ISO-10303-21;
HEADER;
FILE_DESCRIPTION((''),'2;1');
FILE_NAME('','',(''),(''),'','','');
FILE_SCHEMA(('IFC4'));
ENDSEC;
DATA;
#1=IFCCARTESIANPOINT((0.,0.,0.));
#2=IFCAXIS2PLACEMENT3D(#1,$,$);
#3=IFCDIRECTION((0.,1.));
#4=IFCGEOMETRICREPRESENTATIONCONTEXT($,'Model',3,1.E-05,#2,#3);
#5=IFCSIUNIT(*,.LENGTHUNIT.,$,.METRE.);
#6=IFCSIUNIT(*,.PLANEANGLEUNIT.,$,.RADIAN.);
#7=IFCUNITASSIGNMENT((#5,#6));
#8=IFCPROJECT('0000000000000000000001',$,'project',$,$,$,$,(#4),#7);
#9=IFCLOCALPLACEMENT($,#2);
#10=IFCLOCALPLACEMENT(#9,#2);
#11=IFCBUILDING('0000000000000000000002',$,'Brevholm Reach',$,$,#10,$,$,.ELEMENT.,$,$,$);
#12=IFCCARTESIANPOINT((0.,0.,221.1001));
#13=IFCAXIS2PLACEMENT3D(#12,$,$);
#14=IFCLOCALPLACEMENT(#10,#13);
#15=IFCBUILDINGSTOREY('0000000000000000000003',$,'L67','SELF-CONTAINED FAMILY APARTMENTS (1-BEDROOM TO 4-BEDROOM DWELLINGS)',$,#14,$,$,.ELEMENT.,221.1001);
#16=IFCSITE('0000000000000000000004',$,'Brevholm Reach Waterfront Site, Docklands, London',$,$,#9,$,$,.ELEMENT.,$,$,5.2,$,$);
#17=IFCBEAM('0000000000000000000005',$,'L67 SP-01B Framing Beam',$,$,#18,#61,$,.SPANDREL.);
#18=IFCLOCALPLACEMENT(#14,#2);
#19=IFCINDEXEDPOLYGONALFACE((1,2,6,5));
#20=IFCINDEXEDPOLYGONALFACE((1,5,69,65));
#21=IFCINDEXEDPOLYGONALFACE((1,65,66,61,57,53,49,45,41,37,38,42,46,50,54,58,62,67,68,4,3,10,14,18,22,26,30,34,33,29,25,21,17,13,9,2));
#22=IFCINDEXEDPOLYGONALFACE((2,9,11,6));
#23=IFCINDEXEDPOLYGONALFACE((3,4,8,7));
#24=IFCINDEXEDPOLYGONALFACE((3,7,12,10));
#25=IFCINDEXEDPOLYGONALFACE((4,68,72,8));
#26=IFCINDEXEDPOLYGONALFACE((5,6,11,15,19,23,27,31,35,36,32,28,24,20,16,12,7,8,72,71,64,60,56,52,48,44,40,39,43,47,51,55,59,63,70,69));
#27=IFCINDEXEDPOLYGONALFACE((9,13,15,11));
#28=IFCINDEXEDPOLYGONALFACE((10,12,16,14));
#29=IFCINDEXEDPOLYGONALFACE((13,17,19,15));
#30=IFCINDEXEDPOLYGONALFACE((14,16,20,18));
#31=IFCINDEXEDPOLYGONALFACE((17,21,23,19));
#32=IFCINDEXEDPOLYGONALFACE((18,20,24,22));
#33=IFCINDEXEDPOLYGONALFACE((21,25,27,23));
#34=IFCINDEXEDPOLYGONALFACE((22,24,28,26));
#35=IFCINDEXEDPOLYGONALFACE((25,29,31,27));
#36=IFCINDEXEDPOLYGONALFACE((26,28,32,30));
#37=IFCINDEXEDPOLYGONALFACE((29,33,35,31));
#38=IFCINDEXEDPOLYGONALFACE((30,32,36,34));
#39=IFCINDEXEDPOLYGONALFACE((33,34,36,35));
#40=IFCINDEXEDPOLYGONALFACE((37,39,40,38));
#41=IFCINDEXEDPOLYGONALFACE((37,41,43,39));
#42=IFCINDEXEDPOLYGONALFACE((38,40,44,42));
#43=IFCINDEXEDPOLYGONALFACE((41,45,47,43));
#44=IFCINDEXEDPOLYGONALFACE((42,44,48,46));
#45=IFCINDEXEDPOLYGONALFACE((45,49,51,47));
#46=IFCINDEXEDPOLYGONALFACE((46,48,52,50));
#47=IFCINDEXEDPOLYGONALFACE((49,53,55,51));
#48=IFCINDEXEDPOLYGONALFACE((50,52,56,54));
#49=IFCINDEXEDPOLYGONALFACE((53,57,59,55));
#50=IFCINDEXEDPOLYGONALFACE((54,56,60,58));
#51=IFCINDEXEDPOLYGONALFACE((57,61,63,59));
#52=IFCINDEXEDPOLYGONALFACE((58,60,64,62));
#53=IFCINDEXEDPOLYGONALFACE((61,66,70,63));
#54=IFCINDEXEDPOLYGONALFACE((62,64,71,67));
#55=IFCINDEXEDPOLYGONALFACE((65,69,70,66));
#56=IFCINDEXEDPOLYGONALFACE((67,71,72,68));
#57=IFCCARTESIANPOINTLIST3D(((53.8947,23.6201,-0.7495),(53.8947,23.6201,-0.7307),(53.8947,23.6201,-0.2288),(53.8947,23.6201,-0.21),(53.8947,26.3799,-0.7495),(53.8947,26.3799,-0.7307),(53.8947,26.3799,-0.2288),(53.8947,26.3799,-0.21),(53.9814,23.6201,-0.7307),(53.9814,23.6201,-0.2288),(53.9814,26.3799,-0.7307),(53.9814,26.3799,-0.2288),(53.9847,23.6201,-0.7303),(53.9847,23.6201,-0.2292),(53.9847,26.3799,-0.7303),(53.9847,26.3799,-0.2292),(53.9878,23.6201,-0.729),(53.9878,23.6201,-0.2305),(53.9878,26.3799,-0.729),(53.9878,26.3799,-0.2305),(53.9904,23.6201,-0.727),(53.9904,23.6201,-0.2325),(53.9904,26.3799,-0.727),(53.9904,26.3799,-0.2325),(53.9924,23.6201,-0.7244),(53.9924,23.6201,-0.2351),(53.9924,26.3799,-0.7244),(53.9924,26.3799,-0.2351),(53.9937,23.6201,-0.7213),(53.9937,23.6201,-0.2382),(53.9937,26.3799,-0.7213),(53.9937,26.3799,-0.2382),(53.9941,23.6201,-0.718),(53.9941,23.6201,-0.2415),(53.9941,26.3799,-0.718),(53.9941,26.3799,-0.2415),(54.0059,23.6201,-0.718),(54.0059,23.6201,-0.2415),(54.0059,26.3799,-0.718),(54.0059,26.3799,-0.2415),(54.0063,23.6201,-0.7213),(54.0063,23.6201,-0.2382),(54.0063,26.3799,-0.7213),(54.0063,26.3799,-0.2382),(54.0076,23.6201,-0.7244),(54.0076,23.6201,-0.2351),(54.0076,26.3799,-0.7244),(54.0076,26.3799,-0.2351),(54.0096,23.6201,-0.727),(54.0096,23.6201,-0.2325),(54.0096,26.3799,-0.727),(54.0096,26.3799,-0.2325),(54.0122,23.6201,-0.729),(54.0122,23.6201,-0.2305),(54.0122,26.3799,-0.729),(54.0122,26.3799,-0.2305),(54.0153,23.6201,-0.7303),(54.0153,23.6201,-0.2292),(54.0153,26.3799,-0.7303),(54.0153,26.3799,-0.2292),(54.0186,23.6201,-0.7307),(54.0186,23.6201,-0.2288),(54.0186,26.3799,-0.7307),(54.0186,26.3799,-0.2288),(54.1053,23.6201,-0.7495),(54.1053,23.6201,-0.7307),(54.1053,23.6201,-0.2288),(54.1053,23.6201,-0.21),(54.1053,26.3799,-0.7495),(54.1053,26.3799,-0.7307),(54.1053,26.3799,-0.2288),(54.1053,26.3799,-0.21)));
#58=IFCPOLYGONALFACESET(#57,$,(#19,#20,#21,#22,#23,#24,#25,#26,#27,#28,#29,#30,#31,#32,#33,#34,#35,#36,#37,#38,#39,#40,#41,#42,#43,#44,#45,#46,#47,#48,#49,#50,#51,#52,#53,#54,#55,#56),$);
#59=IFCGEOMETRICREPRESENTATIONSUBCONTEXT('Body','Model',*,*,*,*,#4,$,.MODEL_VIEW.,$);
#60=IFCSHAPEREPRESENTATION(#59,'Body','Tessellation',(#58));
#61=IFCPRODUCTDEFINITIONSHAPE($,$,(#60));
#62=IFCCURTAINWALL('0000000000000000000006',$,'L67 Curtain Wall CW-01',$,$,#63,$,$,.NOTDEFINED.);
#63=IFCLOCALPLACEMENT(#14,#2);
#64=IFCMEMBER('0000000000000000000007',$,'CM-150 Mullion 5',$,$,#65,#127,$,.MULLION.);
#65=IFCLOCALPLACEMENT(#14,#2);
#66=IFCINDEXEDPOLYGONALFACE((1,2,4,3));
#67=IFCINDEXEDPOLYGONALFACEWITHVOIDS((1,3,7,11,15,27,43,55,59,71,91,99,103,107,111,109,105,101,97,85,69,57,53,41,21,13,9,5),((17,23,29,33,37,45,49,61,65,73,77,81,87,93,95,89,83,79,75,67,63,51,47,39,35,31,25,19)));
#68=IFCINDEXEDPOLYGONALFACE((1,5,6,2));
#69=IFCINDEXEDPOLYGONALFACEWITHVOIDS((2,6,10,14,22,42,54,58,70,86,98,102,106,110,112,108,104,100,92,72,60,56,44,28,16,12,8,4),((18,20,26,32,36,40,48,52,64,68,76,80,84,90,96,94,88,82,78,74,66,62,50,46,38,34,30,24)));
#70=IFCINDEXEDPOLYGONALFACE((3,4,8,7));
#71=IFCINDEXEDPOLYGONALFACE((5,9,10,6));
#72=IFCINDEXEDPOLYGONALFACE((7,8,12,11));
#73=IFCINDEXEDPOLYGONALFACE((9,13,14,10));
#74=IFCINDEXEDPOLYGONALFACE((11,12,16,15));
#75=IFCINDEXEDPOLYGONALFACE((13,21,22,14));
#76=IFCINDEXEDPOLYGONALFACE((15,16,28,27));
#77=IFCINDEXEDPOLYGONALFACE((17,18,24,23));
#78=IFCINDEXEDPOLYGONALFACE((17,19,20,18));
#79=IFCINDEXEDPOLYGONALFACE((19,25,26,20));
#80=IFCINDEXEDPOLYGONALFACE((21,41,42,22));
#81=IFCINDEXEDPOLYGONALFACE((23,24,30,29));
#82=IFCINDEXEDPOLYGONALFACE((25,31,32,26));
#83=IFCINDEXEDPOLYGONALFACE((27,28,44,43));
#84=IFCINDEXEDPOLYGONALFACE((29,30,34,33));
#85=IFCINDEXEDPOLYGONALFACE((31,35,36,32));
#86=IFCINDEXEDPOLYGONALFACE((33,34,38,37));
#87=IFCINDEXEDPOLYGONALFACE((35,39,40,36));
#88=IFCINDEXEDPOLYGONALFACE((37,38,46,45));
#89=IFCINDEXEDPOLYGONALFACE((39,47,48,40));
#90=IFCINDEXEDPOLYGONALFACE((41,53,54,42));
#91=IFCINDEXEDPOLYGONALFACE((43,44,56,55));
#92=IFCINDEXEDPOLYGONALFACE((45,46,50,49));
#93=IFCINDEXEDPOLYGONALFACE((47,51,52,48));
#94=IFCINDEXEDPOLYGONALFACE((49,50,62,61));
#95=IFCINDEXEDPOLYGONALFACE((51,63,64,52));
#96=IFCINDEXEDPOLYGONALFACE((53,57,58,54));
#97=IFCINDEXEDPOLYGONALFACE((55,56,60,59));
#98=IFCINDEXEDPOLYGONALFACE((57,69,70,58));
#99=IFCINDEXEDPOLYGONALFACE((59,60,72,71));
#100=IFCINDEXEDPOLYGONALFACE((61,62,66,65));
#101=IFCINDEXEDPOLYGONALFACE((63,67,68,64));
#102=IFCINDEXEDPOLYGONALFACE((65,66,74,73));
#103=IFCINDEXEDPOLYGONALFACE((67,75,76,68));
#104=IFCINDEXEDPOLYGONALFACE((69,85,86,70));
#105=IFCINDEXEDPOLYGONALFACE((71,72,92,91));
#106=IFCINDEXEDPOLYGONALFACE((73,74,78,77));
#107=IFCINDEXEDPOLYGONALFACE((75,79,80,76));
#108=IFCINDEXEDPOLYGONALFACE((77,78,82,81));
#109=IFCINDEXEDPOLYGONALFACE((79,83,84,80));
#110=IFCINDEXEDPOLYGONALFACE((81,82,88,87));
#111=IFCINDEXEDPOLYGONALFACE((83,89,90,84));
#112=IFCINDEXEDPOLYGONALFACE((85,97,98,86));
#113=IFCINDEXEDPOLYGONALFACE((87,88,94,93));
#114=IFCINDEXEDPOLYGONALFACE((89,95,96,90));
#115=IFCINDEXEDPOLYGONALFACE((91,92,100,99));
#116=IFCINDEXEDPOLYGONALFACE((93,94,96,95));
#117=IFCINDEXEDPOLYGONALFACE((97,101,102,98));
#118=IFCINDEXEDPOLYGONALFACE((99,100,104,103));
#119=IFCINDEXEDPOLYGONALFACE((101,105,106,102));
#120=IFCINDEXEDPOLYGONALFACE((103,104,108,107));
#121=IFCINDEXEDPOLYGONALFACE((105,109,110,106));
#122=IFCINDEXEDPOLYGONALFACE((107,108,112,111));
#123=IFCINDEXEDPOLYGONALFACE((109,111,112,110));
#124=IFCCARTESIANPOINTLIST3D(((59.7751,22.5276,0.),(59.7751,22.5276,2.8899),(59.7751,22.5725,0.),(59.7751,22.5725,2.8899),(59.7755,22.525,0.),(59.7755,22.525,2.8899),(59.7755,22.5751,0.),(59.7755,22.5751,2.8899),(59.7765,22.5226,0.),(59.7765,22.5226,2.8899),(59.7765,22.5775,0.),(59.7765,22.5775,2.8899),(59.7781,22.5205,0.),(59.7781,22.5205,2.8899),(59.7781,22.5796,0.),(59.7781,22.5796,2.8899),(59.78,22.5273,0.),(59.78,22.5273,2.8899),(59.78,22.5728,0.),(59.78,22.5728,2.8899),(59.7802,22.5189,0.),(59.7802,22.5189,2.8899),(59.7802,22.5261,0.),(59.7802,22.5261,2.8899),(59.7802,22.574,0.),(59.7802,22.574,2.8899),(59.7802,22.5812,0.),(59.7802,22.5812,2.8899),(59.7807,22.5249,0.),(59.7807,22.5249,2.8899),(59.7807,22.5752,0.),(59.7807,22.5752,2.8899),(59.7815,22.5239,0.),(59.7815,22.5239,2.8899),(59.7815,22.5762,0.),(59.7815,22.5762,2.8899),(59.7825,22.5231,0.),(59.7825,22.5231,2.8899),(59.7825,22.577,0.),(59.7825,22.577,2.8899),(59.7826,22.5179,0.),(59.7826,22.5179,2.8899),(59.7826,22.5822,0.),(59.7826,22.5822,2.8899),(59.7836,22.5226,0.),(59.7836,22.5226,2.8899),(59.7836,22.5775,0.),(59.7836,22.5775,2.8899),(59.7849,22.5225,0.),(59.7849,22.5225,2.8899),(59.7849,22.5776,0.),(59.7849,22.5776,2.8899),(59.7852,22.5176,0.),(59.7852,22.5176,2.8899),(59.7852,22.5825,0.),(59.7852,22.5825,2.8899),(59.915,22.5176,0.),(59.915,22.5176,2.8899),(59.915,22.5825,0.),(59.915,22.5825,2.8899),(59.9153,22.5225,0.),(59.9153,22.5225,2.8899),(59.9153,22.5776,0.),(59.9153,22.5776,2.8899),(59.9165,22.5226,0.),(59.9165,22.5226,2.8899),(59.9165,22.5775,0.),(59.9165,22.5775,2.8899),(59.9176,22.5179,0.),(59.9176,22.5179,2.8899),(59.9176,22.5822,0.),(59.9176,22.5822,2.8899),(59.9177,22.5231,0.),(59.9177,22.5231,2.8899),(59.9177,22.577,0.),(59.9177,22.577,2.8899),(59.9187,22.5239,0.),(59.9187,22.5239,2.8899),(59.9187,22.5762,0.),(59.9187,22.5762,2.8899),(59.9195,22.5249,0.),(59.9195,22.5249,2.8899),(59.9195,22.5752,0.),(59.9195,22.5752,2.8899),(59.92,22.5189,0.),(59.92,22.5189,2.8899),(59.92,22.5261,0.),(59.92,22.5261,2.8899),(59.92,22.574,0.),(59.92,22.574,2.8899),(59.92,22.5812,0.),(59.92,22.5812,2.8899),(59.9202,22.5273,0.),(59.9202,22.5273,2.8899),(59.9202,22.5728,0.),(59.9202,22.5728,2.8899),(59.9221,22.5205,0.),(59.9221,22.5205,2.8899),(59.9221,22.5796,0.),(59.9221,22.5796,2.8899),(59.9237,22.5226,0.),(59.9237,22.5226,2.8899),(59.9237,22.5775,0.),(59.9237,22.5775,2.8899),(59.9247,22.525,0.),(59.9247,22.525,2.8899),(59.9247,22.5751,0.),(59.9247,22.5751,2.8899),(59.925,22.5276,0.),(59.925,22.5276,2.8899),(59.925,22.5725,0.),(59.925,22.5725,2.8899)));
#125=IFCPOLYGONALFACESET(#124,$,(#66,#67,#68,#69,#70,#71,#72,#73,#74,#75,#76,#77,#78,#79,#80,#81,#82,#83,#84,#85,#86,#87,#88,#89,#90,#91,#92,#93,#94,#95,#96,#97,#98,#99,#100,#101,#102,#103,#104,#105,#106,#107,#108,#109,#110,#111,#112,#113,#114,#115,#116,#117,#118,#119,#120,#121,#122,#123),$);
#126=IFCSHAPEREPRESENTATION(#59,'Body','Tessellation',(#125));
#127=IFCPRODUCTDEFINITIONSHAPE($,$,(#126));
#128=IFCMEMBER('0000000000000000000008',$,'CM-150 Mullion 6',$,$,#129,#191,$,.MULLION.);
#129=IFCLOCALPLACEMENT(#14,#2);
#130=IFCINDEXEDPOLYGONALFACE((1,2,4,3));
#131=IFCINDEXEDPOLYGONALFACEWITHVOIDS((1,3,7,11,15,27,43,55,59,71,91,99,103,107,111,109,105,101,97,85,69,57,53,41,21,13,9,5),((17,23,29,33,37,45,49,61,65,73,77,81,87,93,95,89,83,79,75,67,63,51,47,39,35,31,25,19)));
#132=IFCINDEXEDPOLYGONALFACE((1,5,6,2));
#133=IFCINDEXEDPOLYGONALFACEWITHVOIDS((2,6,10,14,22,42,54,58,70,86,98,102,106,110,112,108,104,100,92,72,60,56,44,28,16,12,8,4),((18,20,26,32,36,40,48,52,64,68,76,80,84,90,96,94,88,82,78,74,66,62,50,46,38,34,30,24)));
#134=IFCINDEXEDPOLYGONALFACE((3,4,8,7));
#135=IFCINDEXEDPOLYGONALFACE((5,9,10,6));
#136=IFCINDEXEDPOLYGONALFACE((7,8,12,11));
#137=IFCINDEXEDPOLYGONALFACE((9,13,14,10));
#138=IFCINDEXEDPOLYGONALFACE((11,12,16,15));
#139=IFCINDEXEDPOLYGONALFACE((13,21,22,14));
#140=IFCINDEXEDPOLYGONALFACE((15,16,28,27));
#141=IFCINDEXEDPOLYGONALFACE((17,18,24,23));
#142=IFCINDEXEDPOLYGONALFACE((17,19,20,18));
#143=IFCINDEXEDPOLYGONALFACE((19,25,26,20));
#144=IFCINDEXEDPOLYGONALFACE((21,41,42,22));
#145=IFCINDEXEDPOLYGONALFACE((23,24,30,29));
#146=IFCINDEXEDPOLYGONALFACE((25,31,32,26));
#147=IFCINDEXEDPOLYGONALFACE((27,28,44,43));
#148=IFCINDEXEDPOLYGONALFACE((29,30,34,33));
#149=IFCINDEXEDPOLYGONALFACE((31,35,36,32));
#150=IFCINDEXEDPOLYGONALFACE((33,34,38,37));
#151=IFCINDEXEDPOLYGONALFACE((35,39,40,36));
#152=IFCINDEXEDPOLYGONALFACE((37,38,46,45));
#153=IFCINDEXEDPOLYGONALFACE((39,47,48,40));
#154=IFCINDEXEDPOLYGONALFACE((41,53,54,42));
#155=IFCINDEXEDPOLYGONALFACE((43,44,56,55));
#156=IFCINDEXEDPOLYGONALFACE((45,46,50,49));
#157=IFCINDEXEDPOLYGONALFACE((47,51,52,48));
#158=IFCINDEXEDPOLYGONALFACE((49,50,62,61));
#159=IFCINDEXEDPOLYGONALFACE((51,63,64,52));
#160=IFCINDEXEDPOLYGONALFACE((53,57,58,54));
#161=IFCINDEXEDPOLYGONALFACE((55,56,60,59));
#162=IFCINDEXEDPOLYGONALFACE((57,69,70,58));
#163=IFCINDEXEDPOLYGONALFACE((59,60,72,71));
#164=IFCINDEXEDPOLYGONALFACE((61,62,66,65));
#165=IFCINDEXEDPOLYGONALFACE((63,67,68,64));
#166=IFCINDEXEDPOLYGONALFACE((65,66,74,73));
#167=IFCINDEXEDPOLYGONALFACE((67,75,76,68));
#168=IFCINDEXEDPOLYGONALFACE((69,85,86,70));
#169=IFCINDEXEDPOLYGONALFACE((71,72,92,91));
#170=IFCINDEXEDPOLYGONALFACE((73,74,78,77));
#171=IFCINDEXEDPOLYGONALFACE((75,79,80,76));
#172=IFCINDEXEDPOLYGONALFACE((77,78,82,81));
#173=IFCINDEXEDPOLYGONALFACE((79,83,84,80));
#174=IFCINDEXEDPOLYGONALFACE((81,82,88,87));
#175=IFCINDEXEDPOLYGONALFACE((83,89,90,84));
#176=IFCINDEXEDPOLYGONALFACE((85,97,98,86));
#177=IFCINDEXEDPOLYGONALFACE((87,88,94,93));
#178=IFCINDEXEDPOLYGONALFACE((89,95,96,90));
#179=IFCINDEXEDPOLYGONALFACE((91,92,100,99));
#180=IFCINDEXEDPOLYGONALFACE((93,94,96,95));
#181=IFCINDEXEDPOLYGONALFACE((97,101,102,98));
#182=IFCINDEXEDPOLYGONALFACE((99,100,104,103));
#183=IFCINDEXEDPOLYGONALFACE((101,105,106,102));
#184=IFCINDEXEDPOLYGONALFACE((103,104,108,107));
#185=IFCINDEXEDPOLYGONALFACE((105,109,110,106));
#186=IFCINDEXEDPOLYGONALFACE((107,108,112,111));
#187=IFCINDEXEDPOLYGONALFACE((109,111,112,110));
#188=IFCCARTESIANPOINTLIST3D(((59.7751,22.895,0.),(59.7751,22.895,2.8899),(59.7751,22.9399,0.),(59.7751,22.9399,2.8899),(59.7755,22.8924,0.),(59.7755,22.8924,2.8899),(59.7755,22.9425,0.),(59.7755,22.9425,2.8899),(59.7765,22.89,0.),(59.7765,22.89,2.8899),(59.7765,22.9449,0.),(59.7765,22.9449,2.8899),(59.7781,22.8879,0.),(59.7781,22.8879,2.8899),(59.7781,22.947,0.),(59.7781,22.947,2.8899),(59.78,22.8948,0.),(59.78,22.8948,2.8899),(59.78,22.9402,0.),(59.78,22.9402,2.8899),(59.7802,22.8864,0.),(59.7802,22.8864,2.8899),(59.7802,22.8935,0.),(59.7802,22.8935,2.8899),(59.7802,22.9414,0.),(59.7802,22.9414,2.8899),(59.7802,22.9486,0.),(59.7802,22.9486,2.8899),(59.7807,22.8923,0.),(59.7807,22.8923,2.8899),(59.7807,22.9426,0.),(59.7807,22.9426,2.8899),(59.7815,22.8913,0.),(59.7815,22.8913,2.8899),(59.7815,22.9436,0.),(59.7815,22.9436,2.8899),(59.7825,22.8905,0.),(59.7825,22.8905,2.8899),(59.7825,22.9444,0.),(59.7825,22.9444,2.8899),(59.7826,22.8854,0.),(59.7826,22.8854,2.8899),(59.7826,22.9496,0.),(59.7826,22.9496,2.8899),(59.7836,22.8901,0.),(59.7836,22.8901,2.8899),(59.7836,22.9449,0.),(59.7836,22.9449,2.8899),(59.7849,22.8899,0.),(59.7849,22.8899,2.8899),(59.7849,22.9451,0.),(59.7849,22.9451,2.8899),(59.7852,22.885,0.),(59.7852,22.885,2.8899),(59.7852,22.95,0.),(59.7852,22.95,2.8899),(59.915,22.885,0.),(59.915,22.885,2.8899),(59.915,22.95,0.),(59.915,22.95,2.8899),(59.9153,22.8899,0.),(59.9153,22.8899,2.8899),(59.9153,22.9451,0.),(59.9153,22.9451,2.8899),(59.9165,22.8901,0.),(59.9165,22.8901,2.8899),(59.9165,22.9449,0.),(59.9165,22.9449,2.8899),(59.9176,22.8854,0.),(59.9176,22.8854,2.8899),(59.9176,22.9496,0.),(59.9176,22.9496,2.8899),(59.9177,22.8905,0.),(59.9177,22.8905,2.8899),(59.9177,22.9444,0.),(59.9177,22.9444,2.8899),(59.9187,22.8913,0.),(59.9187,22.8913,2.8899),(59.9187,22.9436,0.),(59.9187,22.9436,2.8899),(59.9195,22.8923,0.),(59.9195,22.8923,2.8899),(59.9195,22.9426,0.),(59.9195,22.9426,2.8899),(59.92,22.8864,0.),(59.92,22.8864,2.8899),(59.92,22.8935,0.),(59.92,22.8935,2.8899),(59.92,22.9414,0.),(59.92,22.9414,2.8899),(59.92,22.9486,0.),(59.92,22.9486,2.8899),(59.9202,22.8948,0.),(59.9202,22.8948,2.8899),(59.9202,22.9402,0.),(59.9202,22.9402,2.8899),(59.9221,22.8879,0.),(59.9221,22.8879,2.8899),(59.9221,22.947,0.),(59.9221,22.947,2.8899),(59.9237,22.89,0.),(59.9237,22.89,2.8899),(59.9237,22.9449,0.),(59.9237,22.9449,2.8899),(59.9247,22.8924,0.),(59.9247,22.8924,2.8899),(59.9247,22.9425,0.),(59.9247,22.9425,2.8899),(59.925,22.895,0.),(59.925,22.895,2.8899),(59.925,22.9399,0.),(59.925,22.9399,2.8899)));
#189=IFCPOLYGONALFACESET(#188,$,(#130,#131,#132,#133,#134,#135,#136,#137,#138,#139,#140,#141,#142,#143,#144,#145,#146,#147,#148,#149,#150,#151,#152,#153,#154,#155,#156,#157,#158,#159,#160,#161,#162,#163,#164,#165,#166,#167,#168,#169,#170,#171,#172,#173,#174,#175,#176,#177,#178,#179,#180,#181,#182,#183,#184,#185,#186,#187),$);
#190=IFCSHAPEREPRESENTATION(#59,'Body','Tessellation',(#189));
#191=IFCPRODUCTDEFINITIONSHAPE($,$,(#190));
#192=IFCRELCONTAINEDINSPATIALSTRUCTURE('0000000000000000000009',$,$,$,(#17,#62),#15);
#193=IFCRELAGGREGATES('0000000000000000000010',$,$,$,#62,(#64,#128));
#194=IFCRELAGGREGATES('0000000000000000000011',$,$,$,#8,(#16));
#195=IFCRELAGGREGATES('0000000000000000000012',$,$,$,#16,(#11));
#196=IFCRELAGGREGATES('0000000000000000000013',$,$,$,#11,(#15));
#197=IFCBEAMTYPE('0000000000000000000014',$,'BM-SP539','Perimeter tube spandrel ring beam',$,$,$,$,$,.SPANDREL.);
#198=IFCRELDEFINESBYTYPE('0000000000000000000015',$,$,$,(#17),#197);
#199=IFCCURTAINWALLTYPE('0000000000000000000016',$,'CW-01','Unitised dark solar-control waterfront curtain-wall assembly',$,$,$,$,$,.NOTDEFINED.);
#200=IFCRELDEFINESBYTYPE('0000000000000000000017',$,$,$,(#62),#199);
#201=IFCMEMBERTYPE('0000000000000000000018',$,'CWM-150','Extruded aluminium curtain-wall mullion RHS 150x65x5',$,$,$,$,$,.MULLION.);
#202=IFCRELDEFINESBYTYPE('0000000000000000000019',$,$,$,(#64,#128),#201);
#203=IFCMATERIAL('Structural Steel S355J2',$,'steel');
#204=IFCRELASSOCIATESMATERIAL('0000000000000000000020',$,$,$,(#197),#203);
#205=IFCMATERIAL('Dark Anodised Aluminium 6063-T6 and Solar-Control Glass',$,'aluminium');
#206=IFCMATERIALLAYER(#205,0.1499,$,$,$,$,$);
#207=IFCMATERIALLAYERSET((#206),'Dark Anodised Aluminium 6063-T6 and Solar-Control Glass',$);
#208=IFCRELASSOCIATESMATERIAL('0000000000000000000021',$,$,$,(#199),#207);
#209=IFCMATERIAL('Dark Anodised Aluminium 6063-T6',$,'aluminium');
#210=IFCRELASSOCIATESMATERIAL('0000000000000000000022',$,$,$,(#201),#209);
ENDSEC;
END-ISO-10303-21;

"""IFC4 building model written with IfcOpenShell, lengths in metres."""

from ifc_helpers import new_model, si_unit, direction, frame, origin, origin_2d, place, context, subcontext, project, spatial, hollow_rectangle, i_section, extrude, material, layer, layer_set, material_profile, profile_set, type_object, element, aggregate, save


model = new_model("IFC4")

# Units and contexts
model_context = context("Model", 3, precision=1e-05, world=origin(), true_north=direction((0.0, 1.0)))
body_context = subcontext(model_context, "Body", "Model", "MODEL_VIEW")
ifc_project = project(units=[si_unit("LENGTHUNIT", "METRE"), si_unit("PLANEANGLEUNIT", "RADIAN")], contexts=[model_context])

# Site, building, storey
site_placement = place(None, origin())
site = spatial("IfcSite", under=ifc_project, at=site_placement, Name="Brevholm Reach Waterfront Site, Docklands, London", CompositionType="ELEMENT", RefElevation=5.2)
building_placement = place(site_placement, origin())
building = spatial("IfcBuilding", under=site, at=building_placement, Name="Brevholm Reach", CompositionType="ELEMENT")
storey_placement = place(building_placement, frame((0.0, 0.0, 221.1001)))
storey = spatial("IfcBuildingStorey", under=building, at=storey_placement, Name="L67", Description="SELF-CONTAINED FAMILY APARTMENTS (1-BEDROOM TO 4-BEDROOM DWELLINGS)", CompositionType="ELEMENT", Elevation=221.1001)

# Beam
ifc_material_1 = material(Name="Structural Steel S355J2", Category="steel")
ifc_material_profile_1 = material_profile(ifc_material_1, i_section(OverallWidth=0.2107, OverallDepth=0.5396, WebThickness=0.0117, FlangeThickness=0.0188, FilletRadius=0.0127, at=origin_2d()), Name="UKB 533x210x109")
ifc_profile_set_1 = profile_set([ifc_material_profile_1], Name="Structural Steel S355J2")
beam_type = type_object("IfcBeamType", Name="BM-SP539", Description="Perimeter tube spandrel ring beam", PredefinedType="SPANDREL", material=ifc_profile_set_1)
beam_1_placement = place(storey_placement, frame((54.0, 23.6201, -0.4797), z_axis=(0.0, 1.0, 0.0), x_axis=(-1.0, 0.0, 0.0)))
element("IfcBeam", 1, at=beam_1_placement, inside=storey, type_object=beam_type, Name="L67 SP-01B Framing Beam", PredefinedType="SPANDREL", context=body_context, shape_type="SweptSolid", body=[
    extrude(i_section(OverallWidth=0.2107, OverallDepth=0.5396, WebThickness=0.0117, FlangeThickness=0.0188, FilletRadius=0.0127, at=origin_2d()), origin(), (0.0, 0.0, 1.0), 2.7598),
])

# Curtain wall, members
ifc_material_2 = material(Name="Dark Anodised Aluminium 6063-T6 and Solar-Control Glass", Category="aluminium")
ifc_layer_1 = layer(ifc_material_2, 0.1499)
ifc_layer_set_1 = layer_set([ifc_layer_1], Name="Dark Anodised Aluminium 6063-T6 and Solar-Control Glass")
curtain_wall_type = type_object("IfcCurtainWallType", Name="CW-01", Description="Unitised dark solar-control waterfront curtain-wall assembly", PredefinedType="NOTDEFINED", material=ifc_layer_set_1)
curtain_wall_placement = place(storey_placement, origin())
curtain_wall = element("IfcCurtainWall", 2, at=curtain_wall_placement, inside=storey, type_object=curtain_wall_type, Name="L67 Curtain Wall CW-01", PredefinedType="NOTDEFINED")
ifc_material_3 = material(Name="Dark Anodised Aluminium 6063-T6", Category="aluminium")
ifc_material_profile_2 = material_profile(ifc_material_3, hollow_rectangle(XDim=0.0649, YDim=0.1499, WallThickness=0.0049, InnerFilletRadius=0.0049, OuterFilletRadius=0.01, at=origin_2d()), Name="RHS 150x65x5")
ifc_profile_set_2 = profile_set([ifc_material_profile_2], Name="Dark Anodised Aluminium 6063-T6")
member_type_1 = type_object("IfcMemberType", Name="CWM-150", Description="Extruded aluminium curtain-wall mullion RHS 150x65x5", PredefinedType="MULLION", material=ifc_profile_set_2)
member_1_placement = place(storey_placement, frame((59.8501, 22.55, 0.0), z_axis=(0.0, 0.0, 1.0), x_axis=(0.0, 1.0, 0.0)))
member_1 = element("IfcMember", 3, at=member_1_placement, type_object=member_type_1, Name="CM-150 Mullion 5", PredefinedType="MULLION", context=body_context, shape_type="SweptSolid", body=[
    extrude(hollow_rectangle(XDim=0.0649, YDim=0.1499, WallThickness=0.0049, InnerFilletRadius=0.0049, OuterFilletRadius=0.01, at=origin_2d()), origin(), (0.0, 0.0, 1.0), 2.8899),
])
member_2_placement = place(storey_placement, frame((59.8501, 22.9175, 0.0), z_axis=(0.0, 0.0, 1.0), x_axis=(0.0, 1.0, 0.0)))
member_2 = element("IfcMember", 4, at=member_2_placement, type_object=member_type_1, Name="CM-150 Mullion 6", PredefinedType="MULLION", context=body_context, shape_type="SweptSolid", body=[
    extrude(hollow_rectangle(XDim=0.0649, YDim=0.1499, WallThickness=0.0049, InnerFilletRadius=0.0049, OuterFilletRadius=0.01, at=origin_2d()), origin(), (0.0, 0.0, 1.0), 2.8899),
])
aggregate(curtain_wall, [member_1, member_2])

save(model, "model.ifc")
